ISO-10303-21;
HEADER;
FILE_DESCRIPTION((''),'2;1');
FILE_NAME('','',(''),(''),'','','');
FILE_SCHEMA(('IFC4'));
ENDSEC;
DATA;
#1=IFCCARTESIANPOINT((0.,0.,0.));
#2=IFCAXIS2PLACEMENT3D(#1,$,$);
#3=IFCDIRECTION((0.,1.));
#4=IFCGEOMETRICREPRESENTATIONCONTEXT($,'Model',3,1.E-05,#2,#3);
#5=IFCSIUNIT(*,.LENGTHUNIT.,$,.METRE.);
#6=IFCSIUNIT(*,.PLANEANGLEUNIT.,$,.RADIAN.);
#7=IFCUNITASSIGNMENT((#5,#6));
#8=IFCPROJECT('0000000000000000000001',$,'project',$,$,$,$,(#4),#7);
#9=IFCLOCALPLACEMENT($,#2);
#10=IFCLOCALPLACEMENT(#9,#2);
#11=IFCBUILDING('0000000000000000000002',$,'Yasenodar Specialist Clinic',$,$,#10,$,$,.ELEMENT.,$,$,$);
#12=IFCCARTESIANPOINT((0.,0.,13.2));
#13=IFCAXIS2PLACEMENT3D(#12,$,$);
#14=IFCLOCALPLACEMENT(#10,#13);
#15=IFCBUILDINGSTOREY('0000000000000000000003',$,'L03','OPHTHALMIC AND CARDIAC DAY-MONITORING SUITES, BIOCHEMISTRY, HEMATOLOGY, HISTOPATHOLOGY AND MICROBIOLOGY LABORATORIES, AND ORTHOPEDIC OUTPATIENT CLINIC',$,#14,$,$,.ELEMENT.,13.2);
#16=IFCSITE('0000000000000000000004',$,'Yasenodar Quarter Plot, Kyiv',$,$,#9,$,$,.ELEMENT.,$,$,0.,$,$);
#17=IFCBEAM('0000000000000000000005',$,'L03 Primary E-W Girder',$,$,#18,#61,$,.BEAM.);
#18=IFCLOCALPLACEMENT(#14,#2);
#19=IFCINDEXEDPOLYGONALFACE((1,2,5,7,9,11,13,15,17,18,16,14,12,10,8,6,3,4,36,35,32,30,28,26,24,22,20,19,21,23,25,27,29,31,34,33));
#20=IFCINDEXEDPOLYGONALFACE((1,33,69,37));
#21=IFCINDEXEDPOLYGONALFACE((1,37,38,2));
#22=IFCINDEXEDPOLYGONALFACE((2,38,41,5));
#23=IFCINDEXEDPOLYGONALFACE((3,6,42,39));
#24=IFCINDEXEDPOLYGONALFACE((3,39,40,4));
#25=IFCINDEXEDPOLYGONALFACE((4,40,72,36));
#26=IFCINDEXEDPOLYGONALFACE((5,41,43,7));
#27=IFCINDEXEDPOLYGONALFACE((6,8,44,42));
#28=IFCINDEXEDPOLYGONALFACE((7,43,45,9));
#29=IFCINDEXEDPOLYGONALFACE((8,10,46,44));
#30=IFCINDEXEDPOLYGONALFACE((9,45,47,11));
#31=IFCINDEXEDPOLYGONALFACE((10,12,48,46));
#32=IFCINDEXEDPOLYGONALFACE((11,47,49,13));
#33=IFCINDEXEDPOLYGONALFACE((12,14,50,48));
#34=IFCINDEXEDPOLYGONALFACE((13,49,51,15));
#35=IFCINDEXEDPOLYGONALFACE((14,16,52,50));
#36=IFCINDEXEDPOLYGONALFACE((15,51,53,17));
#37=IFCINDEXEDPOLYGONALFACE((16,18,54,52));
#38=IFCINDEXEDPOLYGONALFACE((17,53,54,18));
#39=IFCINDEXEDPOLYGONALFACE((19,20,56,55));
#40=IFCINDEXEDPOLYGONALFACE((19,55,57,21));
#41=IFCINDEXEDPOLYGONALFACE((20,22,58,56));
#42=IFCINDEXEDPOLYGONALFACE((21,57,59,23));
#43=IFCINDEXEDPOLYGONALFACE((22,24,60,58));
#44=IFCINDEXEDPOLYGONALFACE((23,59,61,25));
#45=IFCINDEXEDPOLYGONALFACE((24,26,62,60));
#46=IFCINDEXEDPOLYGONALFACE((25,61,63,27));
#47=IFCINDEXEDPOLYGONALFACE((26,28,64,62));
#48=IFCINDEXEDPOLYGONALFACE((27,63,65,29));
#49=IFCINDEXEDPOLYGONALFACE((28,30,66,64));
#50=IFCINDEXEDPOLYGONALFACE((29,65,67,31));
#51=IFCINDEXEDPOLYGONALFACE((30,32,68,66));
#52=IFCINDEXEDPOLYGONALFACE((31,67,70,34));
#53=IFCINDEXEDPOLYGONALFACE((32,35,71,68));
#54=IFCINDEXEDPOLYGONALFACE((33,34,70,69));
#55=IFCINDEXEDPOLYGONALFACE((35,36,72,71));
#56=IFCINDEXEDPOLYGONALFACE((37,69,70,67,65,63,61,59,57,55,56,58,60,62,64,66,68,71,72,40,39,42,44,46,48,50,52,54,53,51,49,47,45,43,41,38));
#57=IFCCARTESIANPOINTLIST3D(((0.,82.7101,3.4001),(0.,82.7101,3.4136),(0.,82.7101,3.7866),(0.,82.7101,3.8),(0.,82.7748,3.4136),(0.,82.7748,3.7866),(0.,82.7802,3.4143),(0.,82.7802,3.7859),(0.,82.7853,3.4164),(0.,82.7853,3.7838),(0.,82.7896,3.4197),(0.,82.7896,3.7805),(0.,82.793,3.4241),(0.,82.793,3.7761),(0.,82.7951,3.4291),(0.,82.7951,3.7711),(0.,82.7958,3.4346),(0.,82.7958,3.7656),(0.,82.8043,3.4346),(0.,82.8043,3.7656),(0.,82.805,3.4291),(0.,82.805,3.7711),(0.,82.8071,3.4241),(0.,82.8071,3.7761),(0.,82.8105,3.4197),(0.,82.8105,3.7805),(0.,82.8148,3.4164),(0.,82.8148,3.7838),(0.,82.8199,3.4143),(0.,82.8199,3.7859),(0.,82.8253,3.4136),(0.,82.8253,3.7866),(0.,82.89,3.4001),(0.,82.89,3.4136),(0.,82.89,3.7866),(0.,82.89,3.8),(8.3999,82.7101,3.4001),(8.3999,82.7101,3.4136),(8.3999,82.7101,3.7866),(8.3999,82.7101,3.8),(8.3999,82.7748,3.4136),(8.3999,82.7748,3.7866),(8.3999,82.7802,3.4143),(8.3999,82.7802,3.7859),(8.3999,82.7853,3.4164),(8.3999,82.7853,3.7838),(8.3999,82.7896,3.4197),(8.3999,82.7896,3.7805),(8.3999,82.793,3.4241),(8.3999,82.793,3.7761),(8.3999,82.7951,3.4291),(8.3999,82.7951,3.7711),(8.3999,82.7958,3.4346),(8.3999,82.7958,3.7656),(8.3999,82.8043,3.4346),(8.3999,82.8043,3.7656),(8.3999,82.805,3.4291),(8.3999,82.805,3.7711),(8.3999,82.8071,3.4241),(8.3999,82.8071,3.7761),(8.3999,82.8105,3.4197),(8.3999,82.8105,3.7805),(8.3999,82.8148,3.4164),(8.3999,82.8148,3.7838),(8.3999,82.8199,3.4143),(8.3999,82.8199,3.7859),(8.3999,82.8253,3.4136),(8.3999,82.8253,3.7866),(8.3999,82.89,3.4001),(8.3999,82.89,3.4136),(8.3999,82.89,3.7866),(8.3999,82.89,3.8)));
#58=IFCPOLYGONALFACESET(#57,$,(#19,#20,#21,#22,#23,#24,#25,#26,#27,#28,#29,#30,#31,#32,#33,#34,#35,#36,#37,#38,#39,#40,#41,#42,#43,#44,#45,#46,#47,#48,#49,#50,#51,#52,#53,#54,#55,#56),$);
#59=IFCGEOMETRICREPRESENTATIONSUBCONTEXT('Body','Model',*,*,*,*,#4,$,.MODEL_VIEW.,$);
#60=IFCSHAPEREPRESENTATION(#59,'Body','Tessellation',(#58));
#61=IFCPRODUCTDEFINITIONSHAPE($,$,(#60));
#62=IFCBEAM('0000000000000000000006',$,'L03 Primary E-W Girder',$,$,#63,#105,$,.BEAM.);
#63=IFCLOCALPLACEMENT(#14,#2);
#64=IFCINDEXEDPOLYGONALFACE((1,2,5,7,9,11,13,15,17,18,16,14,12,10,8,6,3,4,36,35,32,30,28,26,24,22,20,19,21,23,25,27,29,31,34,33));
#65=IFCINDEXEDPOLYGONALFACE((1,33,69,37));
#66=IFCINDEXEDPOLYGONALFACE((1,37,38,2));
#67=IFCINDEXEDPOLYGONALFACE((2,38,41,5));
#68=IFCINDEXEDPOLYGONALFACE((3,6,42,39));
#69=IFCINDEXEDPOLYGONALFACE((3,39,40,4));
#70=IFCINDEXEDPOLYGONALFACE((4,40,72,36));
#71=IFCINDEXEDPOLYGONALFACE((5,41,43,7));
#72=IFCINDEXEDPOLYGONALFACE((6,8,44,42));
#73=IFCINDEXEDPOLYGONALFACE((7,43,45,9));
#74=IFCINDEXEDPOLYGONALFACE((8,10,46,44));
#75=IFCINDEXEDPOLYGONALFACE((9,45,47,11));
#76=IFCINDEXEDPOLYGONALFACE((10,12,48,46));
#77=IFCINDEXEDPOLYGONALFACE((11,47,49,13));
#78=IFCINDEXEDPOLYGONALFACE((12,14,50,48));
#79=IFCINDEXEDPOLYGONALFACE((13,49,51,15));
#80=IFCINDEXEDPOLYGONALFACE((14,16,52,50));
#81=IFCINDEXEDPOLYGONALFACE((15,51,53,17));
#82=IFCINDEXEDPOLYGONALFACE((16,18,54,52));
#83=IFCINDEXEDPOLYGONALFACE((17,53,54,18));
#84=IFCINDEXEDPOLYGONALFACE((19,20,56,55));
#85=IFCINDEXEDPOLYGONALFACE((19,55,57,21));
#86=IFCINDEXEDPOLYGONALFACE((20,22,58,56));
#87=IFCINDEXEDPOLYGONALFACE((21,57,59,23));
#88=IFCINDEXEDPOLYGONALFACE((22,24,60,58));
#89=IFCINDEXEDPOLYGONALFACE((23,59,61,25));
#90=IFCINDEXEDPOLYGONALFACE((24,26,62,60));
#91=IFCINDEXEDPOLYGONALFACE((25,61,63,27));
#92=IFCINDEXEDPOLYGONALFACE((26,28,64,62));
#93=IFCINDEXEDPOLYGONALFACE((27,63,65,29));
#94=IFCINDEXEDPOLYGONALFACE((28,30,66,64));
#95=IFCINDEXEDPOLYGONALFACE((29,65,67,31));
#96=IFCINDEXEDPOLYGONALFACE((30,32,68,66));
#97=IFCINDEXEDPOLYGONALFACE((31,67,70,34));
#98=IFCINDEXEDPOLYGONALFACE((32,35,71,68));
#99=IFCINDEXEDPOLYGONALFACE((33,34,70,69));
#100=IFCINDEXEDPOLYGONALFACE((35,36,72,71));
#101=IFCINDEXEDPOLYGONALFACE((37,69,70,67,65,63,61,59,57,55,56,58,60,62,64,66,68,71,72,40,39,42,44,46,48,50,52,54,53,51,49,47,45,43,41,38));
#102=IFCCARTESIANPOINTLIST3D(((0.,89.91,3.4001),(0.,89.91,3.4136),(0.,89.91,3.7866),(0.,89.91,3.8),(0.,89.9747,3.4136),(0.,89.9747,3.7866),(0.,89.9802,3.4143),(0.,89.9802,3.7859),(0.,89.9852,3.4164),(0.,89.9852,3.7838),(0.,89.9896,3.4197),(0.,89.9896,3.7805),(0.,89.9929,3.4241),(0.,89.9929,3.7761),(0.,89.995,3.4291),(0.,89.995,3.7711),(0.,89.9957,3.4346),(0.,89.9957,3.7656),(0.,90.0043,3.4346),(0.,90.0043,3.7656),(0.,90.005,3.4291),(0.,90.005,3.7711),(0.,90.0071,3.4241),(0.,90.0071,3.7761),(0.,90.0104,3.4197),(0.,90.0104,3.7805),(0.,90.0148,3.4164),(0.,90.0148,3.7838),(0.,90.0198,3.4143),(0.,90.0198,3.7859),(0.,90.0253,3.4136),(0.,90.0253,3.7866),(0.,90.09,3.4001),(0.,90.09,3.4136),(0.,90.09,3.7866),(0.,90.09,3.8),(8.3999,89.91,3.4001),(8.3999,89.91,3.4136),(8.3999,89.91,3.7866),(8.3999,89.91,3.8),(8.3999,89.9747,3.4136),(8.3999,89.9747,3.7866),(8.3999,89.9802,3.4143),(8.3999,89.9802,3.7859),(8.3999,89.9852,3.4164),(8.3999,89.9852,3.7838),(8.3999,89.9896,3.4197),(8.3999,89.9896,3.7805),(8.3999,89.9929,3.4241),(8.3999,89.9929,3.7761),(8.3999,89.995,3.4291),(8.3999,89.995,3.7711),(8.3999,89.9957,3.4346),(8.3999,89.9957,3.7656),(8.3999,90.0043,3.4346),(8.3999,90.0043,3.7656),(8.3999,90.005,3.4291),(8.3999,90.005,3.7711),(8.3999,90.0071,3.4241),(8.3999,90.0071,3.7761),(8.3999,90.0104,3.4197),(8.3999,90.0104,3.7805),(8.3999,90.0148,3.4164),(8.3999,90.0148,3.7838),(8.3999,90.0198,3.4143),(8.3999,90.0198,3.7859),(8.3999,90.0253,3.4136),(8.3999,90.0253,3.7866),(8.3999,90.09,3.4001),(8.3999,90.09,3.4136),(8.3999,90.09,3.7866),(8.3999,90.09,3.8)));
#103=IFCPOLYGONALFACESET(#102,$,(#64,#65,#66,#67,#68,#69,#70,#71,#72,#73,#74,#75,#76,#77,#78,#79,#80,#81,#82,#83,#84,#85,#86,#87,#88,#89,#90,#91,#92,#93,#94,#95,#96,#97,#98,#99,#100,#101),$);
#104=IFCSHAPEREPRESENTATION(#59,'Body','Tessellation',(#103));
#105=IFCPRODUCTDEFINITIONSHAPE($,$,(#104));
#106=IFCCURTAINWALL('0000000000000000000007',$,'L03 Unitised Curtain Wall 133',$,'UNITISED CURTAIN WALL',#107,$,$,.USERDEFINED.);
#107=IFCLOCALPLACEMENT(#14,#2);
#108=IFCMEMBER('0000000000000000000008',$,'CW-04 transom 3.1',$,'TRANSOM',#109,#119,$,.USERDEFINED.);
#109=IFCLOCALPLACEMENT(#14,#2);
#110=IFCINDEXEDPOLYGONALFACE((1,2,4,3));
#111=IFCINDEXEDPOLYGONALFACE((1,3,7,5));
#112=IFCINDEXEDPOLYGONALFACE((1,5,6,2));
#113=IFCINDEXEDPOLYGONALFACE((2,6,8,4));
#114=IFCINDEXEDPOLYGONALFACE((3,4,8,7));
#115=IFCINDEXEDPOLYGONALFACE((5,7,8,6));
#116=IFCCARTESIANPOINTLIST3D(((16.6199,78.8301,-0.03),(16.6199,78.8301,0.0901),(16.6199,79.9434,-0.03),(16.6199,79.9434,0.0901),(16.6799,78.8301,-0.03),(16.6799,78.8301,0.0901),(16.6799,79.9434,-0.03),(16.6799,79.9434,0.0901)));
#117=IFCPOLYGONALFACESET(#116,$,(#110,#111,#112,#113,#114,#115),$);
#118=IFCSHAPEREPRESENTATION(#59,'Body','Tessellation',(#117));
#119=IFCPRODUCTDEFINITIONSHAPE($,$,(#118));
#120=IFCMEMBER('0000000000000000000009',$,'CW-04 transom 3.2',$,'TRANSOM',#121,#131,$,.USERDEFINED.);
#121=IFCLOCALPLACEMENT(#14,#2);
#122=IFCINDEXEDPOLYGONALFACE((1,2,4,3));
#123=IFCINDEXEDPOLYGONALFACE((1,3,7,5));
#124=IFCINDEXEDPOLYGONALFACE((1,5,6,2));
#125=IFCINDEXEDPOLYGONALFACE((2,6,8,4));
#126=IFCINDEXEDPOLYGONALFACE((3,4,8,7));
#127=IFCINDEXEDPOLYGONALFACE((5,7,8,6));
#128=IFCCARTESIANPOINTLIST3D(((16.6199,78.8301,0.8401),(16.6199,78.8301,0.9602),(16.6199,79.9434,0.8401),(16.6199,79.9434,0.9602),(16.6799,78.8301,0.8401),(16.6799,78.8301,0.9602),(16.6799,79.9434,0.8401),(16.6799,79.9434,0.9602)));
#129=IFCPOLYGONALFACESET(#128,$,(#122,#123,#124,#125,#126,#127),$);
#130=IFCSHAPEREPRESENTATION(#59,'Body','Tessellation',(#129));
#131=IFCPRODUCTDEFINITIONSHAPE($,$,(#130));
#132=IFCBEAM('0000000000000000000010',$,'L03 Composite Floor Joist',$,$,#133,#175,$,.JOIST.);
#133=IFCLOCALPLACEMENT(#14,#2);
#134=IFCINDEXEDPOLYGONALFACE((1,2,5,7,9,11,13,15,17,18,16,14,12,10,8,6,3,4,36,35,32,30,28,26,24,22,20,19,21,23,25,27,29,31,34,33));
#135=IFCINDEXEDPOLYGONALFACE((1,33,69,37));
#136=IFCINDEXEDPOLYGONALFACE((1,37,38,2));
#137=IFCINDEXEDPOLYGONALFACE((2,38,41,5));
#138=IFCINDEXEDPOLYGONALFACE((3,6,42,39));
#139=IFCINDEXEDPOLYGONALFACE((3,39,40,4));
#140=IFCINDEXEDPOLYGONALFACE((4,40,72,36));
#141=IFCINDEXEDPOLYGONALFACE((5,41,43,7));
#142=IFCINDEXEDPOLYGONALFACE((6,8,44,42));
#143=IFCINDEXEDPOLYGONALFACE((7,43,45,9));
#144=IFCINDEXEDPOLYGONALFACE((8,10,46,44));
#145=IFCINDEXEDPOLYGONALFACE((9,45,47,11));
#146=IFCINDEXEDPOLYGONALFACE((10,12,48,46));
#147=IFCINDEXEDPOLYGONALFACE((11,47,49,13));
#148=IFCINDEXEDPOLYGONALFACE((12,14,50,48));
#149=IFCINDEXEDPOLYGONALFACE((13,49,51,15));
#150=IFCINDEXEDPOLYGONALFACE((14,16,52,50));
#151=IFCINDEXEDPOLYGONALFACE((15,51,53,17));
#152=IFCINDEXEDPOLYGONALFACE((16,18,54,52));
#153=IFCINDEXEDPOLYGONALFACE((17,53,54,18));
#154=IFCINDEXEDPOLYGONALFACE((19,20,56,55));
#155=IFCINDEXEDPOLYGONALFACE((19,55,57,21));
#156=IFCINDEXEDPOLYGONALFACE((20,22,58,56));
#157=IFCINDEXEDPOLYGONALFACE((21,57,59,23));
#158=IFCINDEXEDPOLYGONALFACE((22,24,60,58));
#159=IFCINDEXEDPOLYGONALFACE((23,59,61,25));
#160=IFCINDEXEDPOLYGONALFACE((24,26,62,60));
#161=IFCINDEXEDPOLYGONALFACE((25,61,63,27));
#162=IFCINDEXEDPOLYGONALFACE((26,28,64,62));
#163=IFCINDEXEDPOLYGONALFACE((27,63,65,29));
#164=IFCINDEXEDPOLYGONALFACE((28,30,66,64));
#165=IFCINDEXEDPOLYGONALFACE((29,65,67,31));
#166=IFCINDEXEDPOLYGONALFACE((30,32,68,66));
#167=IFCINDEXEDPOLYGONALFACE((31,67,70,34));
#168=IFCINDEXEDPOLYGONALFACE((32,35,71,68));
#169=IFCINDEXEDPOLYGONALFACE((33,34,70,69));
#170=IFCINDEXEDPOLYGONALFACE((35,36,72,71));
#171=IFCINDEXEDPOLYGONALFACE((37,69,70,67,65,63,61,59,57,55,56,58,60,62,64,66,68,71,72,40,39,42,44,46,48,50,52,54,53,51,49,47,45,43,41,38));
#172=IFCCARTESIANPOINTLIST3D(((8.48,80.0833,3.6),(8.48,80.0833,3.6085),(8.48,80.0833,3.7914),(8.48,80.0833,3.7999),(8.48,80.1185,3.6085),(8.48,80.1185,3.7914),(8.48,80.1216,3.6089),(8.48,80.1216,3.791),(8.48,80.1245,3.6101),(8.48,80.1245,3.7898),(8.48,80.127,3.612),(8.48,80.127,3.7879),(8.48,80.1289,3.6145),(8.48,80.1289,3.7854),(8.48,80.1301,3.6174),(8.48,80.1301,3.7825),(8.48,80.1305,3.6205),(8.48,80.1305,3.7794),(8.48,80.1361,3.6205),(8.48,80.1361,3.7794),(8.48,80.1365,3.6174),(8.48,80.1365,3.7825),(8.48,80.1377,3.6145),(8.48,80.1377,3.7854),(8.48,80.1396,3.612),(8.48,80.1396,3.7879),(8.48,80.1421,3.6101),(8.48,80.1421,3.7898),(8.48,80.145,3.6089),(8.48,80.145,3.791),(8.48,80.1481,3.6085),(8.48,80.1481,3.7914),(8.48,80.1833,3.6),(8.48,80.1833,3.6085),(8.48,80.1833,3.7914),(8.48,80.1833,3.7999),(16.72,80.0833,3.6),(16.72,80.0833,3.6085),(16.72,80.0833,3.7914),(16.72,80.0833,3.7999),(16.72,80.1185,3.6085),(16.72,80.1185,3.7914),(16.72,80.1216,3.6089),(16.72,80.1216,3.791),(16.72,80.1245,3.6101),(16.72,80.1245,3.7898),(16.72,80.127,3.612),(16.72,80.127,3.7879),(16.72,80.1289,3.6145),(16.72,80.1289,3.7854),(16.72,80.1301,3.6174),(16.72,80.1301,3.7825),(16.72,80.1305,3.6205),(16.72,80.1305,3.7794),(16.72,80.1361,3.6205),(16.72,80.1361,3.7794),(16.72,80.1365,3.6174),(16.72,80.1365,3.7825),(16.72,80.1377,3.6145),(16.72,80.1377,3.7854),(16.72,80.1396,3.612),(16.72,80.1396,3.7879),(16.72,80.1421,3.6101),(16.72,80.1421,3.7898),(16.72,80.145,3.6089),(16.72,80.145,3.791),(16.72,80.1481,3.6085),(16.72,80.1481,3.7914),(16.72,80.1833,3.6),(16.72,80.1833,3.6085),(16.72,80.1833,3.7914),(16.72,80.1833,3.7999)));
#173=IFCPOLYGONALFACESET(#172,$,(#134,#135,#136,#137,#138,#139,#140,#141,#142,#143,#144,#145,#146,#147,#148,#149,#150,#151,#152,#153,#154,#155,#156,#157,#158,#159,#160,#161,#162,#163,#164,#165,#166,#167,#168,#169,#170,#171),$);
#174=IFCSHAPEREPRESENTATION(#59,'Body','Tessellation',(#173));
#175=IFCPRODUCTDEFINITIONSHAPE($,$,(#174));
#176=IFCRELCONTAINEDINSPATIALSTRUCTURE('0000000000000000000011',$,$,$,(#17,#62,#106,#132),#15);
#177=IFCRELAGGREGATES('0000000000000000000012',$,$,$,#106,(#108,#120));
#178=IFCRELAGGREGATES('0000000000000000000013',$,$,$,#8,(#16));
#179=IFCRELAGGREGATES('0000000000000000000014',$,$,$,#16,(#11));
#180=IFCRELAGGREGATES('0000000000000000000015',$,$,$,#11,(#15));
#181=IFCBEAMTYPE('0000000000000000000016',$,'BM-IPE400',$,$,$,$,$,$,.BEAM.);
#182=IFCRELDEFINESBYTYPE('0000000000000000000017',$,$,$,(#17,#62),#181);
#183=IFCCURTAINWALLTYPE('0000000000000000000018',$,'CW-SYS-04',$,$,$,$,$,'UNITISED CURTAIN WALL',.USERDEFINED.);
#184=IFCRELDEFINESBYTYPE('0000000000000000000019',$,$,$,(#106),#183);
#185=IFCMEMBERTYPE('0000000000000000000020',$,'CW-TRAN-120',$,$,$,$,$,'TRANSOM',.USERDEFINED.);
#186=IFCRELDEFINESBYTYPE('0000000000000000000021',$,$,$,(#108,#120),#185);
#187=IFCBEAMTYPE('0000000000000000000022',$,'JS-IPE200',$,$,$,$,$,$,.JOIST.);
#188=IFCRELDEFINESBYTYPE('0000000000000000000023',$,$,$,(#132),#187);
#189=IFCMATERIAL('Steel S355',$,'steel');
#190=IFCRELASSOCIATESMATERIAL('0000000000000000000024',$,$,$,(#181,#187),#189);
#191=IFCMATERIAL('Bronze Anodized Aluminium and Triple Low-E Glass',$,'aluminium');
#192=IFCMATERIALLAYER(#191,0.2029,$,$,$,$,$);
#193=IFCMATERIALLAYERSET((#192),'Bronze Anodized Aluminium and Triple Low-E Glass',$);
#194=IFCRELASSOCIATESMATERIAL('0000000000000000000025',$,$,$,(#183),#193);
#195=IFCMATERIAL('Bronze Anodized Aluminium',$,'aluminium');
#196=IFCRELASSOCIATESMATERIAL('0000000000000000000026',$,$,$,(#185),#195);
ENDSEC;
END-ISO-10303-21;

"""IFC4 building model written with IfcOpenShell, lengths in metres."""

from ifc_helpers import new_model, si_unit, direction, frame, origin, origin_2d, place, context, subcontext, project, spatial, rectangle, i_section, extrude, material, layer, layer_set, material_profile, profile_set, type_object, element, aggregate, save


model = new_model("IFC4")

# Units and contexts
model_context = context("Model", 3, precision=1e-05, world=origin(), true_north=direction((0.0, 1.0)))
body_context = subcontext(model_context, "Body", "Model", "MODEL_VIEW")
ifc_project = project(units=[si_unit("LENGTHUNIT", "METRE"), si_unit("PLANEANGLEUNIT", "RADIAN")], contexts=[model_context])

# Site, building, storey
site_placement = place(None, origin())
site = spatial("IfcSite", under=ifc_project, at=site_placement, Name="Yasenodar Quarter Plot, Kyiv", CompositionType="ELEMENT", RefElevation=0.0)
building_placement = place(site_placement, origin())
building = spatial("IfcBuilding", under=site, at=building_placement, Name="Yasenodar Specialist Clinic", CompositionType="ELEMENT")
storey_placement = place(building_placement, frame((0.0, 0.0, 13.2)))
storey = spatial("IfcBuildingStorey", under=building, at=storey_placement, Name="L03", Description="OPHTHALMIC AND CARDIAC DAY-MONITORING SUITES, BIOCHEMISTRY, HEMATOLOGY, HISTOPATHOLOGY AND MICROBIOLOGY LABORATORIES, AND ORTHOPEDIC OUTPATIENT CLINIC", CompositionType="ELEMENT", Elevation=13.2)

# Shared definitions
ifc_material_1 = material(Name="Steel S355", Category="steel")

# Beams
ifc_material_profile_1 = material_profile(ifc_material_1, i_section(OverallWidth=0.1799, OverallDepth=0.3999, WebThickness=0.0085, FlangeThickness=0.0134, FilletRadius=0.021, at=origin_2d()), Name="IPE 400")
ifc_profile_set_1 = profile_set([ifc_material_profile_1], Name="Steel S355")
beam_type_1 = type_object("IfcBeamType", Name="BM-IPE400", PredefinedType="BEAM", material=ifc_profile_set_1)
for number, where, z_axis, x_axis, name in (
    (1, (0.0, 82.8, 3.6001), (1.0, 0.0, 0.0), (0.0, 1.0, 0.0), "L03 Primary E-W Girder"),
    (2, (0.0, 90.0, 3.6001), (1.0, 0.0, 0.0), (0.0, 1.0, 0.0), "L03 Primary E-W Girder"),
):
    element("IfcBeam", number, at=place(storey_placement, frame(where, z_axis=z_axis, x_axis=x_axis)), inside=storey, type_object=beam_type_1, Name=name, PredefinedType="BEAM", context=body_context, shape_type="SweptSolid", body=[
        extrude(i_section(OverallWidth=0.1799, OverallDepth=0.3999, WebThickness=0.0085, FlangeThickness=0.0134, FilletRadius=0.021, at=origin_2d()), origin(), (0.0, 0.0, 1.0), 8.3999),
    ])

# Curtain wall, members
ifc_material_2 = material(Name="Bronze Anodized Aluminium and Triple Low-E Glass", Category="aluminium")
ifc_layer_1 = layer(ifc_material_2, 0.2029)
ifc_layer_set_1 = layer_set([ifc_layer_1], Name="Bronze Anodized Aluminium and Triple Low-E Glass")
curtain_wall_type = type_object("IfcCurtainWallType", Name="CW-SYS-04", ElementType="UNITISED CURTAIN WALL", PredefinedType="USERDEFINED", material=ifc_layer_set_1)
curtain_wall_placement = place(storey_placement, origin())
curtain_wall = element("IfcCurtainWall", 3, at=curtain_wall_placement, inside=storey, type_object=curtain_wall_type, Name="L03 Unitised Curtain Wall 133", ObjectType="UNITISED CURTAIN WALL", PredefinedType="USERDEFINED")
ifc_material_3 = material(Name="Bronze Anodized Aluminium", Category="aluminium")
ifc_material_profile_2 = material_profile(ifc_material_3, rectangle(XDim=0.0601, YDim=0.1201, at=origin_2d()), Name="CW-TRAN 60x120")
ifc_profile_set_2 = profile_set([ifc_material_profile_2], Name="Bronze Anodized Aluminium")
member_type = type_object("IfcMemberType", Name="CW-TRAN-120", ElementType="TRANSOM", PredefinedType="USERDEFINED", material=ifc_profile_set_2)
member_1_placement = place(storey_placement, frame((16.6499, 79.9434, 0.03), z_axis=(0.0, -1.0, 0.0), x_axis=(1.0, 0.0, 0.0)))
member_1 = element("IfcMember", 4, at=member_1_placement, type_object=member_type, Name="CW-04 transom 3.1", ObjectType="TRANSOM", PredefinedType="USERDEFINED", context=body_context, shape_type="SweptSolid", body=[
    extrude(rectangle(XDim=0.0601, YDim=0.1201, at=origin_2d()), origin(), (0.0, 0.0, 1.0), 1.1133),
])
member_2_placement = place(storey_placement, frame((16.6499, 79.9434, 0.9001), z_axis=(0.0, -1.0, 0.0), x_axis=(1.0, 0.0, 0.0)))
member_2 = element("IfcMember", 5, at=member_2_placement, type_object=member_type, Name="CW-04 transom 3.2", ObjectType="TRANSOM", PredefinedType="USERDEFINED", context=body_context, shape_type="SweptSolid", body=[
    extrude(rectangle(XDim=0.0601, YDim=0.1201, at=origin_2d()), origin(), (0.0, 0.0, 1.0), 1.1133),
])

# Beam
ifc_material_profile_3 = material_profile(ifc_material_1, i_section(OverallWidth=0.1001, OverallDepth=0.2, WebThickness=0.0056, FlangeThickness=0.0085, FilletRadius=0.012, at=origin_2d()), Name="IPE 200")
ifc_profile_set_3 = profile_set([ifc_material_profile_3], Name="Steel S355")
beam_type_2 = type_object("IfcBeamType", Name="JS-IPE200", PredefinedType="JOIST", material=ifc_profile_set_3)
for number, where, z_axis, x_axis, name in (
    (6, (8.48, 80.1333, 3.7), (1.0, 0.0, 0.0), (0.0, 1.0, 0.0), "L03 Composite Floor Joist"),
):
    element("IfcBeam", number, at=place(storey_placement, frame(where, z_axis=z_axis, x_axis=x_axis)), inside=storey, type_object=beam_type_2, Name=name, PredefinedType="JOIST", context=body_context, shape_type="SweptSolid", body=[
        extrude(i_section(OverallWidth=0.1001, OverallDepth=0.2, WebThickness=0.0056, FlangeThickness=0.0085, FilletRadius=0.012, at=origin_2d()), origin(), (0.0, 0.0, 1.0), 8.24),
    ])

aggregate(curtain_wall, [member_1, member_2])

save(model, "model.ifc")
